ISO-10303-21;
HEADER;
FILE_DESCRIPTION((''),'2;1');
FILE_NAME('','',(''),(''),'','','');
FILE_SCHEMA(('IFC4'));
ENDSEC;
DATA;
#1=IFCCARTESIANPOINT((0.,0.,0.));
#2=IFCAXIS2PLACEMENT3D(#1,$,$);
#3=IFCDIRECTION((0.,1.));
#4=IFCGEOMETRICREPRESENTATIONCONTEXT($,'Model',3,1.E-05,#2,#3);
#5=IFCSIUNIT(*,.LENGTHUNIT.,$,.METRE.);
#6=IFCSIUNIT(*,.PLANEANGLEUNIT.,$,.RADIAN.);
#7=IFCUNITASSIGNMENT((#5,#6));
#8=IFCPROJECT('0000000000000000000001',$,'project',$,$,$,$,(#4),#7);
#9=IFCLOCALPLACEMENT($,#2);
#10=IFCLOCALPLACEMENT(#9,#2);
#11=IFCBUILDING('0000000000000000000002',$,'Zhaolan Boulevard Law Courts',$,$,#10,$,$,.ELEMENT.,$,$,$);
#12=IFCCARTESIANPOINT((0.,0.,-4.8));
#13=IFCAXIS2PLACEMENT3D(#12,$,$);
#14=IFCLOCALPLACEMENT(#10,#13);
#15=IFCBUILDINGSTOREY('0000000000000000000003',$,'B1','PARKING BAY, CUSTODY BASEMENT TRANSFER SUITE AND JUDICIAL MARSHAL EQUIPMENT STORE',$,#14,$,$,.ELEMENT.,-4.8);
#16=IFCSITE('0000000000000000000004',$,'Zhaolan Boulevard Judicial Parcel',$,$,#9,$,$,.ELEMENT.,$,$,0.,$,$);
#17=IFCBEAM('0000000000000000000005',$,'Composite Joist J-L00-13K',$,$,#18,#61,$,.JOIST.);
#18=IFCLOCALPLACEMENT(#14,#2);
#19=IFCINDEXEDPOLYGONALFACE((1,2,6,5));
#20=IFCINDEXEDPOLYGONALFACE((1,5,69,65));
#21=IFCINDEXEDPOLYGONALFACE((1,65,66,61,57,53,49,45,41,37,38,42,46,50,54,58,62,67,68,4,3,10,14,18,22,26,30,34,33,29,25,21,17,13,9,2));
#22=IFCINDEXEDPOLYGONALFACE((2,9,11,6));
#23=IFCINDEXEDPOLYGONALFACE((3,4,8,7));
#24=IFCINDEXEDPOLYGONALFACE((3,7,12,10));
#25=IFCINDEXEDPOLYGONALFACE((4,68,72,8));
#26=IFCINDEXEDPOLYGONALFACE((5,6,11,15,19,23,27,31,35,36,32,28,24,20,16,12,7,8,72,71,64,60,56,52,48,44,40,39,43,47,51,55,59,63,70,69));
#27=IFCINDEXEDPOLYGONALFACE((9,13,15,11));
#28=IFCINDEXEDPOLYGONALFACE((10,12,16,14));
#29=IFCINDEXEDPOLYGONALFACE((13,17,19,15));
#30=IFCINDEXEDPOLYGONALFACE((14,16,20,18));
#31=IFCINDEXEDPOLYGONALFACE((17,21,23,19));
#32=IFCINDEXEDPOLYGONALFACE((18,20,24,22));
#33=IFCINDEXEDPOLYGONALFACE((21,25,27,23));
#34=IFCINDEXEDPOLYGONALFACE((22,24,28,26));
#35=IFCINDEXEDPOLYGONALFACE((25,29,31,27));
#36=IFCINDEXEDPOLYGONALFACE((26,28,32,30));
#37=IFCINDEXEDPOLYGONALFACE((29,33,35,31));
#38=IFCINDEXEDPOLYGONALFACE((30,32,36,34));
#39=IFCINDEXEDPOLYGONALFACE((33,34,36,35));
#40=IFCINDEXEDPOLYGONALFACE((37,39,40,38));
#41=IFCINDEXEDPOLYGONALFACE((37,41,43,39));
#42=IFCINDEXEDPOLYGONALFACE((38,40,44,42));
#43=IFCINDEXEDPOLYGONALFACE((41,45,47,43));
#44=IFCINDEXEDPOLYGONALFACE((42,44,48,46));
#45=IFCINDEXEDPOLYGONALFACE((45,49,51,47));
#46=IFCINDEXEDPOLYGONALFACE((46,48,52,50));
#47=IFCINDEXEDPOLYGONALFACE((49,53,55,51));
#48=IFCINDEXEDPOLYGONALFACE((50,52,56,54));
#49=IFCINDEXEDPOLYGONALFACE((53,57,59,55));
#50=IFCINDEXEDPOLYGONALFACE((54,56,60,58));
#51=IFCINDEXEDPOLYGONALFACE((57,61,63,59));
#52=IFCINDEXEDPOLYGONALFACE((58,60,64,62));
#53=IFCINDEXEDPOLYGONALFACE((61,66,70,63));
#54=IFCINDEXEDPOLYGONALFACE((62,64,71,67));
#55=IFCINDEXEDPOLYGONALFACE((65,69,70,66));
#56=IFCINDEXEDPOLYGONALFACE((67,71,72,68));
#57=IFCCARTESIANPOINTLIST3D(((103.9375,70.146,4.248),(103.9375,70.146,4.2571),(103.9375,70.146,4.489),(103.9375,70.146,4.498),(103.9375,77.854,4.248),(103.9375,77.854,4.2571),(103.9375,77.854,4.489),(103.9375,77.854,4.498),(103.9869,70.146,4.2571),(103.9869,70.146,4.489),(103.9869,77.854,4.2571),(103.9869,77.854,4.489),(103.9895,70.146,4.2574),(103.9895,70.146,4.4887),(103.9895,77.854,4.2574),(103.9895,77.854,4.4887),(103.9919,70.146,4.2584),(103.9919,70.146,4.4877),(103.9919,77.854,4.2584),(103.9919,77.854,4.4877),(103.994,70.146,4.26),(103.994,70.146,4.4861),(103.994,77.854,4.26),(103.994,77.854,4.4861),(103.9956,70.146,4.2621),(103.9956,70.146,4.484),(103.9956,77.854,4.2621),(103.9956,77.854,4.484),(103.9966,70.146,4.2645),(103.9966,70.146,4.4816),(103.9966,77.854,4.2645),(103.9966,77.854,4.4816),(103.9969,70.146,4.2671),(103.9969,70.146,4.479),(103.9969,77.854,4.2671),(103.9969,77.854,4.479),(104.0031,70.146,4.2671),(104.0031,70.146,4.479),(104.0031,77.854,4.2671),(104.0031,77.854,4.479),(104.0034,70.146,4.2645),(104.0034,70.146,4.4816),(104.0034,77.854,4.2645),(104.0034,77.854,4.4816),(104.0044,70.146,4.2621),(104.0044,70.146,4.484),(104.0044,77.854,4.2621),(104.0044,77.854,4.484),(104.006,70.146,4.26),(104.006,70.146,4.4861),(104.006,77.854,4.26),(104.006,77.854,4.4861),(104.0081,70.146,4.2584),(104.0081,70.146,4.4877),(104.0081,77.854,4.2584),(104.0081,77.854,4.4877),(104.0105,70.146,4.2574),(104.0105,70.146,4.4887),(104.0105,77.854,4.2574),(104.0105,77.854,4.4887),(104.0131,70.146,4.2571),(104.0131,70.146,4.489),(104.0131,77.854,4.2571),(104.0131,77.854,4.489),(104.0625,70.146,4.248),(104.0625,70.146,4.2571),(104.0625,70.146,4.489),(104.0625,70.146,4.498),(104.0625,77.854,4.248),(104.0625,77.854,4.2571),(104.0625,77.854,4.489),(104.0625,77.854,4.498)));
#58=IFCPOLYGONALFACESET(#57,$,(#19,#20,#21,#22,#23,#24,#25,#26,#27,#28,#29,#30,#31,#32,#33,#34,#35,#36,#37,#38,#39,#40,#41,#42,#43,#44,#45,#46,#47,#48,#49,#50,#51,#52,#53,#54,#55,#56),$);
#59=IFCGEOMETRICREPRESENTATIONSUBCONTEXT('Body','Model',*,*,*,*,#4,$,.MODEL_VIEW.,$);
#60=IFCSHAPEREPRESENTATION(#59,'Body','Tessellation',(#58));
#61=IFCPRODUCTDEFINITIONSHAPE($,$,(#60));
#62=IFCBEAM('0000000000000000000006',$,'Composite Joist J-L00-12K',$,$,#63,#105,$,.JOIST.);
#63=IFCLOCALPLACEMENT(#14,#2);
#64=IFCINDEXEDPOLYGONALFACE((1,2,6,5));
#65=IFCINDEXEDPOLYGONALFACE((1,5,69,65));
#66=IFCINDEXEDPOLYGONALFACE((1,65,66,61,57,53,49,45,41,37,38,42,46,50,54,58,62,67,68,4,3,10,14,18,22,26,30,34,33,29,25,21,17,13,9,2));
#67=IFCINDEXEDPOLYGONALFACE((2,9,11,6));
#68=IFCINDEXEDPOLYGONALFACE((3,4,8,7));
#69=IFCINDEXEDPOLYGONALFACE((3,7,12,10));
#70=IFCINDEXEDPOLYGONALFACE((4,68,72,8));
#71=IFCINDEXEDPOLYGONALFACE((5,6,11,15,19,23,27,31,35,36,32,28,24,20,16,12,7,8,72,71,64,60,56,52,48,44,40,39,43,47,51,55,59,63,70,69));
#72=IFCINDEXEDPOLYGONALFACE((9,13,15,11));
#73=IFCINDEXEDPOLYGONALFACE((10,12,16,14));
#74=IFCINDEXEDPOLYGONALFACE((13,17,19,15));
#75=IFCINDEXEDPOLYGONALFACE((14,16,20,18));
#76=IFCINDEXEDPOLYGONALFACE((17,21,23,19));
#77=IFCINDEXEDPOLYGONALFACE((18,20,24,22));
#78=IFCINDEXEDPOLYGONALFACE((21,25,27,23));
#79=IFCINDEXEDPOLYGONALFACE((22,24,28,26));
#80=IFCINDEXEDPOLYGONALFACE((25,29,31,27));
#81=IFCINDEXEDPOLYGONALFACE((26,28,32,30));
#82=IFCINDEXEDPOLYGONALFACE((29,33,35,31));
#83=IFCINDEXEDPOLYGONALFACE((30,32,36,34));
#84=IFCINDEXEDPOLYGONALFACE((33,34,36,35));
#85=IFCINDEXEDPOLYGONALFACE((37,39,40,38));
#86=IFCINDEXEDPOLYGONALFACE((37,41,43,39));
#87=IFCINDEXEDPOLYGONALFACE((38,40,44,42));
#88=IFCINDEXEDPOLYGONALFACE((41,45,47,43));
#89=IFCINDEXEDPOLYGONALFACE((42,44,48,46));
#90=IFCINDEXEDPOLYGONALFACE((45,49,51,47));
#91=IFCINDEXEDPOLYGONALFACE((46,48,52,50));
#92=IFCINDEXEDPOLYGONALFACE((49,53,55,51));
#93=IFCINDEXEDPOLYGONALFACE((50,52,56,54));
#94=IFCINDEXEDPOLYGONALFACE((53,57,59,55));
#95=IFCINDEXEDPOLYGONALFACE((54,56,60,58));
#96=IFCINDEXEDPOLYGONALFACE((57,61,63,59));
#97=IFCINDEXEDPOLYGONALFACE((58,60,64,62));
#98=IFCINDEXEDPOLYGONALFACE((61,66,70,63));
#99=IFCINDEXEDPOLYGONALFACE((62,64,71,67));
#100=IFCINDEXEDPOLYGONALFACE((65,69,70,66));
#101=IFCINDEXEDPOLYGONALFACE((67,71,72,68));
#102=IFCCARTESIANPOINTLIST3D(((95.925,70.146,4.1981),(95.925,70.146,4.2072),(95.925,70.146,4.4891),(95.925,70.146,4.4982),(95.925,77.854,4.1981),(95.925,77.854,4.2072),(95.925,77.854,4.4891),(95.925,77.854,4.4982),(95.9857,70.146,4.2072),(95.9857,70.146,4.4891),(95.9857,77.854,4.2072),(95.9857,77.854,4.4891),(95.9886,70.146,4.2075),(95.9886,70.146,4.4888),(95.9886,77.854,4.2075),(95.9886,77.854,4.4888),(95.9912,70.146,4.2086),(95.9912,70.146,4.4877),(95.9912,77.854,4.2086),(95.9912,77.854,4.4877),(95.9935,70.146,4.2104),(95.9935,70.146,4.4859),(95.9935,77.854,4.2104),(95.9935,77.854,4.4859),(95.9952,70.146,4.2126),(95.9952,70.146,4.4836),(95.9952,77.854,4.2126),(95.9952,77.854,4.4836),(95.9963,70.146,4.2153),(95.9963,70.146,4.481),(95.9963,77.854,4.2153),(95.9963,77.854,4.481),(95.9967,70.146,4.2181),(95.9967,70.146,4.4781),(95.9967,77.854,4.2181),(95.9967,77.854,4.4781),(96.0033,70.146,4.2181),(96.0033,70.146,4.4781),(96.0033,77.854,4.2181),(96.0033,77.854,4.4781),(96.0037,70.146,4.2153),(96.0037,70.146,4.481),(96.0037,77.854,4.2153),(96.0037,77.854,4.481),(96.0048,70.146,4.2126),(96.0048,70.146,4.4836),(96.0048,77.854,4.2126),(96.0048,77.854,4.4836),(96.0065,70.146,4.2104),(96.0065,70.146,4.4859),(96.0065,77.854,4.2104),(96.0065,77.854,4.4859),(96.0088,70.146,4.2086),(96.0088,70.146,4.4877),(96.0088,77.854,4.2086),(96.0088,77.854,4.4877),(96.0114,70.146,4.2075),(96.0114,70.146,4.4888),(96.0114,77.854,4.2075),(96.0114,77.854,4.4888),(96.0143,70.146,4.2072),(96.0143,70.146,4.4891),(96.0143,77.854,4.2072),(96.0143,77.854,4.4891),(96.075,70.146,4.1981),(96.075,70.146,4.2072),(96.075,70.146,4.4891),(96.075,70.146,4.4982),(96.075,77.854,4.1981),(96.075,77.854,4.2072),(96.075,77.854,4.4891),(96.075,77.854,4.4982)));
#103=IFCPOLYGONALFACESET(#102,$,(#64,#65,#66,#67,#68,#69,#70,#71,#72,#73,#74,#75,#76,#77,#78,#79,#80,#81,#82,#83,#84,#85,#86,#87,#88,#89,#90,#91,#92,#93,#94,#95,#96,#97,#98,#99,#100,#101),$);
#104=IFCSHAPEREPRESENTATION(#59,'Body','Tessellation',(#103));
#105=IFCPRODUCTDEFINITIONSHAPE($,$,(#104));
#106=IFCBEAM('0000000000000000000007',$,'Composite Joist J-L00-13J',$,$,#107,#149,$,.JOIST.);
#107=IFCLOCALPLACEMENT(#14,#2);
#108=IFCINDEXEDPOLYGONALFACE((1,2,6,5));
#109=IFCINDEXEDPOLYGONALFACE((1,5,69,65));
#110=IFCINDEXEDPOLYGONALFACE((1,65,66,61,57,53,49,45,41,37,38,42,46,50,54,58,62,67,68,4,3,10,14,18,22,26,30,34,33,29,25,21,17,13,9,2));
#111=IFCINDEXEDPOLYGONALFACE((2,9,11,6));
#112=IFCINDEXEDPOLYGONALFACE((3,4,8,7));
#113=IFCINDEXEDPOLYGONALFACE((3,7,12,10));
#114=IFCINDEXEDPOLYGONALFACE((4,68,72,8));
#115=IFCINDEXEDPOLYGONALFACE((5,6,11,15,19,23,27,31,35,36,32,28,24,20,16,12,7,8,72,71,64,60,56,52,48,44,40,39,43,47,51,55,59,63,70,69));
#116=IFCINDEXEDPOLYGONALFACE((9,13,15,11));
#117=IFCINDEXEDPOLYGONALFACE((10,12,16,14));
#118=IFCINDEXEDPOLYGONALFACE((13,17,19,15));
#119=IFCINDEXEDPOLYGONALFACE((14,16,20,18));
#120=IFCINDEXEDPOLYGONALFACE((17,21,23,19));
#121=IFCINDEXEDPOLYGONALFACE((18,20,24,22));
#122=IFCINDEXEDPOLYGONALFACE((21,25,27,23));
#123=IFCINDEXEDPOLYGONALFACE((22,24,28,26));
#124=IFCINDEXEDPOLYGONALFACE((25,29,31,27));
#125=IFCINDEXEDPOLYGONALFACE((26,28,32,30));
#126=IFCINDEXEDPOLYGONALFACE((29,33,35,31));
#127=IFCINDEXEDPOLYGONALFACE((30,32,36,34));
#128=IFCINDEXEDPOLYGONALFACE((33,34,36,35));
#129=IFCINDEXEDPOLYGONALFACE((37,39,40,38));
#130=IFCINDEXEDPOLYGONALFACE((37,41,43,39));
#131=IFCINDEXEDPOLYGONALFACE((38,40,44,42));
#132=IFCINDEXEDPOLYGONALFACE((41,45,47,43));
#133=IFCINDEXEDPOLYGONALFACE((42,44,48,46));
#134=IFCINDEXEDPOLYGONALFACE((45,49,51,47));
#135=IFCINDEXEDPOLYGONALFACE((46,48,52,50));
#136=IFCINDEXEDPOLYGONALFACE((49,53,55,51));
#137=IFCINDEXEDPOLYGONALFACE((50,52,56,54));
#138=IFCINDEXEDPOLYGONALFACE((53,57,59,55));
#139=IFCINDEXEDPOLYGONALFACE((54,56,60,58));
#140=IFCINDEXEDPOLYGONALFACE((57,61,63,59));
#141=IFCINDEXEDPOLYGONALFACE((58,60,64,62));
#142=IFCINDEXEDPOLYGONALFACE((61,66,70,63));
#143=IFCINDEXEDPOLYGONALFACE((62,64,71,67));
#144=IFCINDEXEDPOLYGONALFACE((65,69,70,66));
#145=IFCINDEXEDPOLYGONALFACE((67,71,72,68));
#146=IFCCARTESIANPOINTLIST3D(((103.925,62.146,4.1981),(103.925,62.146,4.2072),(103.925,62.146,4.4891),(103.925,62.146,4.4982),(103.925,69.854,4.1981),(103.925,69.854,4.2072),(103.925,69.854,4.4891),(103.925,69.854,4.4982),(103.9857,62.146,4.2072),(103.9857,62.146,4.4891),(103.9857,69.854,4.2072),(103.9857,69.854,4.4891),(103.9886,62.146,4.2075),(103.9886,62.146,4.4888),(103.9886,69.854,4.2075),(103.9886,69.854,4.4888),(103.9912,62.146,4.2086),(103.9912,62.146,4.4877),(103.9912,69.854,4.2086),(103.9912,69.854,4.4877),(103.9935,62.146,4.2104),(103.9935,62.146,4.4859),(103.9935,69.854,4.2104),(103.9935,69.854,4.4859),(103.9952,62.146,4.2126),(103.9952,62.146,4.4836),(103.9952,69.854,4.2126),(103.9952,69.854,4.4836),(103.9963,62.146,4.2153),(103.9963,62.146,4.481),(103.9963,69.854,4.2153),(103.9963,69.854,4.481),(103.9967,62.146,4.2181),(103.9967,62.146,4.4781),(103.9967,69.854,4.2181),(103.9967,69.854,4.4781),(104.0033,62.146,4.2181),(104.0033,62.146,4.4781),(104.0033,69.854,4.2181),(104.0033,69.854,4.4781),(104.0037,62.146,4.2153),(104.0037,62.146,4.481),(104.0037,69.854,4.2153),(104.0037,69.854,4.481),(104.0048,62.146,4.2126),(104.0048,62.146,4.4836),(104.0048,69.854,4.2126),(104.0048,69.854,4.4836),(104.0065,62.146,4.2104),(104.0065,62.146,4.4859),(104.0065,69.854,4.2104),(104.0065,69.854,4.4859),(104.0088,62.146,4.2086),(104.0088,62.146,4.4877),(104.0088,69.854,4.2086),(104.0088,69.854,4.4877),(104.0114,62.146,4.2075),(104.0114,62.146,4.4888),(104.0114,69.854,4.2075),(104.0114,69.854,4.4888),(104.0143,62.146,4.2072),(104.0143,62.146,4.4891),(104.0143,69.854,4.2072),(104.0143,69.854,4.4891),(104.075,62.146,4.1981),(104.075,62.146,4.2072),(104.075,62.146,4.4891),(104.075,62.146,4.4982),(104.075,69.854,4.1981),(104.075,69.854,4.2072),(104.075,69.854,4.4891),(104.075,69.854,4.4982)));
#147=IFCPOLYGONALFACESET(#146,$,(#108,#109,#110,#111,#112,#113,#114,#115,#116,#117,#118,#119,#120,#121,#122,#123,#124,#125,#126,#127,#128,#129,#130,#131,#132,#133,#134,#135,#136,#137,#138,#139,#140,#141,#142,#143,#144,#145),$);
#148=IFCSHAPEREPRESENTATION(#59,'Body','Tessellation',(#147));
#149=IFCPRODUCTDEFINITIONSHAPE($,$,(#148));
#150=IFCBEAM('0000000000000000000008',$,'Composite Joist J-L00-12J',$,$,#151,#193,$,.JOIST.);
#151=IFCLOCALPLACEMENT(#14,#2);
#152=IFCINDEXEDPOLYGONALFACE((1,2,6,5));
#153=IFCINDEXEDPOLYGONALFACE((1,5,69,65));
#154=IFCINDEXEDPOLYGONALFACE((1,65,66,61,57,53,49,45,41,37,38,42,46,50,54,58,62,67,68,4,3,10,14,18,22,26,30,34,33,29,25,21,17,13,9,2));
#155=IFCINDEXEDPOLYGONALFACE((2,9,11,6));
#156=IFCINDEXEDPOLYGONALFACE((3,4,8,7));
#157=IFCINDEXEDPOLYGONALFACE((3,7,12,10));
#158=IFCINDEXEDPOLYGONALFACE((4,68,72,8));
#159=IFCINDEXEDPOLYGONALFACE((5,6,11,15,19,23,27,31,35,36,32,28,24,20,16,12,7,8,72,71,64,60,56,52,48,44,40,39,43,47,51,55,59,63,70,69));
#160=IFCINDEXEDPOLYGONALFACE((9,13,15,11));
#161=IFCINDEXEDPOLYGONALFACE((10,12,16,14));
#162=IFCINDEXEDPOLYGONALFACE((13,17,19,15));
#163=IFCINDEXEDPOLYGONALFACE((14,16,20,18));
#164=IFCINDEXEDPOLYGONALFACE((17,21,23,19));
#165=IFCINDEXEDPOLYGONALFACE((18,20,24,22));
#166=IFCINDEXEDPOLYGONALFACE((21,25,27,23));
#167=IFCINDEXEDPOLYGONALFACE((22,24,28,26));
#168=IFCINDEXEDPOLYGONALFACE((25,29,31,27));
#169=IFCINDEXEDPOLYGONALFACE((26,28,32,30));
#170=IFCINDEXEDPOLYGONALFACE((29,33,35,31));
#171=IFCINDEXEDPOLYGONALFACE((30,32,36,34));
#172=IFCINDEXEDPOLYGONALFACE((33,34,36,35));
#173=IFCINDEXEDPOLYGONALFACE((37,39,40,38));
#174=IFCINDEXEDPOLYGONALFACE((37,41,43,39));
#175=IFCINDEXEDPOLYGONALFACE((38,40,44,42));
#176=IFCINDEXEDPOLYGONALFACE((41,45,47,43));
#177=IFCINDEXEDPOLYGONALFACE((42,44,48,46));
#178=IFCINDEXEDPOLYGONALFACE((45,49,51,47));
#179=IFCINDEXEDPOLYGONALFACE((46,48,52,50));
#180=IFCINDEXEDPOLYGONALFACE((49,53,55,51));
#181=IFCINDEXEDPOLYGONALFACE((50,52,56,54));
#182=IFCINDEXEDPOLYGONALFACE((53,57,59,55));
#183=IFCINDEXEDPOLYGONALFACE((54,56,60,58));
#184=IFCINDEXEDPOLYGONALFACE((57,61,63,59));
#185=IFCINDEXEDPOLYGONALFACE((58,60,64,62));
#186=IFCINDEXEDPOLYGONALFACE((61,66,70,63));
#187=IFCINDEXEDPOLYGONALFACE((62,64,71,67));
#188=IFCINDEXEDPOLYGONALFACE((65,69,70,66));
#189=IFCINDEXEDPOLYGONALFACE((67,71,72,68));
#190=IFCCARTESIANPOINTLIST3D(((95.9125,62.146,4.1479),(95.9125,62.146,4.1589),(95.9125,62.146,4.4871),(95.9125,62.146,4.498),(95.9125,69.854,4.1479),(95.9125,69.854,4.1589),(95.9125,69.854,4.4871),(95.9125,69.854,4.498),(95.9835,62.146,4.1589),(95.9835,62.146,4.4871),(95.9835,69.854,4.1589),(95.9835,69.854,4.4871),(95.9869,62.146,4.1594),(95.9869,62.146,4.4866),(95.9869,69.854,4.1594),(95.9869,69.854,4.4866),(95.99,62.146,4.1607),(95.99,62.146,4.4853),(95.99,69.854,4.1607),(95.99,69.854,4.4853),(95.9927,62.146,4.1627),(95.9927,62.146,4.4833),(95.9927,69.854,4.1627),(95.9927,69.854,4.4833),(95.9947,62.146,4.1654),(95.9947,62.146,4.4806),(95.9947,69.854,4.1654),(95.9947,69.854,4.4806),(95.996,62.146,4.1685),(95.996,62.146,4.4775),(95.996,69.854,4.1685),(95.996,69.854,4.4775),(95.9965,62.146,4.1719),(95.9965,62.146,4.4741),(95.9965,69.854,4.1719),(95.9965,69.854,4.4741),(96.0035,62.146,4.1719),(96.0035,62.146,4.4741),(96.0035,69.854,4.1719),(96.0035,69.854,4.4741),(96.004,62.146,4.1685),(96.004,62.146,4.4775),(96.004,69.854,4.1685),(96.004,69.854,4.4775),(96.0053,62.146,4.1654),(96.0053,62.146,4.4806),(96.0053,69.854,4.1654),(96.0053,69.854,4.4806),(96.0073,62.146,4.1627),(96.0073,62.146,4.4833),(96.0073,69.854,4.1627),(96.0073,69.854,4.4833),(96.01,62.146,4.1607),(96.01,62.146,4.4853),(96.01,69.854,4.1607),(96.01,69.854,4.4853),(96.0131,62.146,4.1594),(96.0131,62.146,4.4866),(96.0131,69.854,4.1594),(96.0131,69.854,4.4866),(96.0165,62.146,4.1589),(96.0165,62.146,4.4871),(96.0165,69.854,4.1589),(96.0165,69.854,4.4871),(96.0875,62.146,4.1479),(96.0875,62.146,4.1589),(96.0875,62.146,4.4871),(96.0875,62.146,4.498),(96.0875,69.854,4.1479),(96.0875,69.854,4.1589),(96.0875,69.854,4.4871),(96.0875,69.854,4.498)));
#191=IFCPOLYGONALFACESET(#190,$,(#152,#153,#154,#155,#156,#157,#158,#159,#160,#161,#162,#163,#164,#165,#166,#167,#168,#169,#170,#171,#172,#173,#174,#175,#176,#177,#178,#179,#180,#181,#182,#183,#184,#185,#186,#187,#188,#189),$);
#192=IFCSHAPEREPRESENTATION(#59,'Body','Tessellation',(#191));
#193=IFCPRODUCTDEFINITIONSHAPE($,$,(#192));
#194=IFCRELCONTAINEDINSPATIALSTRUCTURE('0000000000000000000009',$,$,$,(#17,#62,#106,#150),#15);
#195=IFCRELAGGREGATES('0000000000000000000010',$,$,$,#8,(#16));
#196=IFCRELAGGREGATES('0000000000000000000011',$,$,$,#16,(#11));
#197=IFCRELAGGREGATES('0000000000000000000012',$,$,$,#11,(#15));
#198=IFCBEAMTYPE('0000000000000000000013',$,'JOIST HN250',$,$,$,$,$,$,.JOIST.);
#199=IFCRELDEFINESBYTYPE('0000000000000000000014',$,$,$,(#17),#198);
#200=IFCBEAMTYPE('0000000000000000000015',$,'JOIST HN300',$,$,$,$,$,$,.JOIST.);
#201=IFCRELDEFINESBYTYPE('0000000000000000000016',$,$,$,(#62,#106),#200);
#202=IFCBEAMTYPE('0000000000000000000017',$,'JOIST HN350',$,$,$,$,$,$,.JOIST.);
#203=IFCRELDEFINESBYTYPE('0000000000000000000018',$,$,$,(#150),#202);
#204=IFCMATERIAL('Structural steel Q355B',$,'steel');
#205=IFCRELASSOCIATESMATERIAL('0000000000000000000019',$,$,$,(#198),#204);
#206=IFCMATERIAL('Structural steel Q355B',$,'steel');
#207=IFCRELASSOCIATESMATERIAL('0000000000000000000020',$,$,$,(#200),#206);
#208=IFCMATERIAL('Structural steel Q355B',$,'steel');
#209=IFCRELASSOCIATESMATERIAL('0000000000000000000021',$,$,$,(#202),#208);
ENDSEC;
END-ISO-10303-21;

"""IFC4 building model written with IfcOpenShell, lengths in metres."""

from ifc_helpers import new_model, si_unit, direction, frame, origin, origin_2d, place, context, subcontext, project, spatial, i_section, extrude, material, material_profile, profile_set, type_object, element, save


model = new_model("IFC4")

# Units and contexts
model_context = context("Model", 3, precision=1e-05, world=origin(), true_north=direction((0.0, 1.0)))
body_context = subcontext(model_context, "Body", "Model", "MODEL_VIEW")
ifc_project = project(units=[si_unit("LENGTHUNIT", "METRE"), si_unit("PLANEANGLEUNIT", "RADIAN")], contexts=[model_context])

# Site, building, storey
site_placement = place(None, origin())
site = spatial("IfcSite", under=ifc_project, at=site_placement, Name="Zhaolan Boulevard Judicial Parcel", CompositionType="ELEMENT", RefElevation=0.0)
building_placement = place(site_placement, origin())
building = spatial("IfcBuilding", under=site, at=building_placement, Name="Zhaolan Boulevard Law Courts", CompositionType="ELEMENT")
storey_placement = place(building_placement, frame((0.0, 0.0, -4.8)))
storey = spatial("IfcBuildingStorey", under=building, at=storey_placement, Name="B1", Description="PARKING BAY, CUSTODY BASEMENT TRANSFER SUITE AND JUDICIAL MARSHAL EQUIPMENT STORE", CompositionType="ELEMENT", Elevation=-4.8)

# Beams
ifc_material_1 = material(Name="Structural steel Q355B", Category="steel")
ifc_material_profile_1 = material_profile(ifc_material_1, i_section(OverallWidth=0.125, OverallDepth=0.25, WebThickness=0.0061, FlangeThickness=0.009, FilletRadius=0.01, at=origin_2d()), Name="HN250x125")
ifc_profile_set_1 = profile_set([ifc_material_profile_1], Name="Structural steel Q355B")
beam_type_1 = type_object("IfcBeamType", Name="JOIST HN250", PredefinedType="JOIST", material=ifc_profile_set_1)
beam_1_placement = place(storey_placement, frame((104.0, 70.146, 4.373), z_axis=(0.0, 1.0, 0.0), x_axis=(-1.0, 0.0, 0.0)))
element("IfcBeam", 1, at=beam_1_placement, inside=storey, type_object=beam_type_1, Name="Composite Joist J-L00-13K", PredefinedType="JOIST", context=body_context, shape_type="SweptSolid", body=[
    extrude(i_section(OverallWidth=0.125, OverallDepth=0.25, WebThickness=0.0061, FlangeThickness=0.009, FilletRadius=0.01, at=origin_2d()), origin(), (0.0, 0.0, 1.0), 7.708),
])
ifc_material_2 = material(Name="Structural steel Q355B", Category="steel")
ifc_material_profile_2 = material_profile(ifc_material_2, i_section(OverallWidth=0.1499, OverallDepth=0.3, WebThickness=0.0066, FlangeThickness=0.009, FilletRadius=0.011, at=origin_2d()), Name="HN300x150")
ifc_profile_set_2 = profile_set([ifc_material_profile_2], Name="Structural steel Q355B")
beam_type_2 = type_object("IfcBeamType", Name="JOIST HN300", PredefinedType="JOIST", material=ifc_profile_set_2)
for number, where, z_axis, x_axis, name in (
    (2, (96.0, 70.146, 4.3481), (0.0, 1.0, 0.0), (-1.0, 0.0, 0.0), "Composite Joist J-L00-12K"),
    (3, (104.0, 62.146, 4.3481), (0.0, 1.0, 0.0), (-1.0, 0.0, 0.0), "Composite Joist J-L00-13J"),
):
    element("IfcBeam", number, at=place(storey_placement, frame(where, z_axis=z_axis, x_axis=x_axis)), inside=storey, type_object=beam_type_2, Name=name, PredefinedType="JOIST", context=body_context, shape_type="SweptSolid", body=[
        extrude(i_section(OverallWidth=0.1499, OverallDepth=0.3, WebThickness=0.0066, FlangeThickness=0.009, FilletRadius=0.011, at=origin_2d()), origin(), (0.0, 0.0, 1.0), 7.708),
    ])
ifc_material_3 = material(Name="Structural steel Q355B", Category="steel")
ifc_material_profile_3 = material_profile(ifc_material_3, i_section(OverallWidth=0.175, OverallDepth=0.3501, WebThickness=0.0071, FlangeThickness=0.011, FilletRadius=0.0129, at=origin_2d()), Name="HN350x175")
ifc_profile_set_3 = profile_set([ifc_material_profile_3], Name="Structural steel Q355B")
beam_type_3 = type_object("IfcBeamType", Name="JOIST HN350", PredefinedType="JOIST", material=ifc_profile_set_3)
beam_2_placement = place(storey_placement, frame((96.0, 62.146, 4.323), z_axis=(0.0, 1.0, 0.0), x_axis=(-1.0, 0.0, 0.0)))
element("IfcBeam", 4, at=beam_2_placement, inside=storey, type_object=beam_type_3, Name="Composite Joist J-L00-12J", PredefinedType="JOIST", context=body_context, shape_type="SweptSolid", body=[
    extrude(i_section(OverallWidth=0.175, OverallDepth=0.3501, WebThickness=0.0071, FlangeThickness=0.011, FilletRadius=0.0129, at=origin_2d()), origin(), (0.0, 0.0, 1.0), 7.708),
])

save(model, "model.ifc")
